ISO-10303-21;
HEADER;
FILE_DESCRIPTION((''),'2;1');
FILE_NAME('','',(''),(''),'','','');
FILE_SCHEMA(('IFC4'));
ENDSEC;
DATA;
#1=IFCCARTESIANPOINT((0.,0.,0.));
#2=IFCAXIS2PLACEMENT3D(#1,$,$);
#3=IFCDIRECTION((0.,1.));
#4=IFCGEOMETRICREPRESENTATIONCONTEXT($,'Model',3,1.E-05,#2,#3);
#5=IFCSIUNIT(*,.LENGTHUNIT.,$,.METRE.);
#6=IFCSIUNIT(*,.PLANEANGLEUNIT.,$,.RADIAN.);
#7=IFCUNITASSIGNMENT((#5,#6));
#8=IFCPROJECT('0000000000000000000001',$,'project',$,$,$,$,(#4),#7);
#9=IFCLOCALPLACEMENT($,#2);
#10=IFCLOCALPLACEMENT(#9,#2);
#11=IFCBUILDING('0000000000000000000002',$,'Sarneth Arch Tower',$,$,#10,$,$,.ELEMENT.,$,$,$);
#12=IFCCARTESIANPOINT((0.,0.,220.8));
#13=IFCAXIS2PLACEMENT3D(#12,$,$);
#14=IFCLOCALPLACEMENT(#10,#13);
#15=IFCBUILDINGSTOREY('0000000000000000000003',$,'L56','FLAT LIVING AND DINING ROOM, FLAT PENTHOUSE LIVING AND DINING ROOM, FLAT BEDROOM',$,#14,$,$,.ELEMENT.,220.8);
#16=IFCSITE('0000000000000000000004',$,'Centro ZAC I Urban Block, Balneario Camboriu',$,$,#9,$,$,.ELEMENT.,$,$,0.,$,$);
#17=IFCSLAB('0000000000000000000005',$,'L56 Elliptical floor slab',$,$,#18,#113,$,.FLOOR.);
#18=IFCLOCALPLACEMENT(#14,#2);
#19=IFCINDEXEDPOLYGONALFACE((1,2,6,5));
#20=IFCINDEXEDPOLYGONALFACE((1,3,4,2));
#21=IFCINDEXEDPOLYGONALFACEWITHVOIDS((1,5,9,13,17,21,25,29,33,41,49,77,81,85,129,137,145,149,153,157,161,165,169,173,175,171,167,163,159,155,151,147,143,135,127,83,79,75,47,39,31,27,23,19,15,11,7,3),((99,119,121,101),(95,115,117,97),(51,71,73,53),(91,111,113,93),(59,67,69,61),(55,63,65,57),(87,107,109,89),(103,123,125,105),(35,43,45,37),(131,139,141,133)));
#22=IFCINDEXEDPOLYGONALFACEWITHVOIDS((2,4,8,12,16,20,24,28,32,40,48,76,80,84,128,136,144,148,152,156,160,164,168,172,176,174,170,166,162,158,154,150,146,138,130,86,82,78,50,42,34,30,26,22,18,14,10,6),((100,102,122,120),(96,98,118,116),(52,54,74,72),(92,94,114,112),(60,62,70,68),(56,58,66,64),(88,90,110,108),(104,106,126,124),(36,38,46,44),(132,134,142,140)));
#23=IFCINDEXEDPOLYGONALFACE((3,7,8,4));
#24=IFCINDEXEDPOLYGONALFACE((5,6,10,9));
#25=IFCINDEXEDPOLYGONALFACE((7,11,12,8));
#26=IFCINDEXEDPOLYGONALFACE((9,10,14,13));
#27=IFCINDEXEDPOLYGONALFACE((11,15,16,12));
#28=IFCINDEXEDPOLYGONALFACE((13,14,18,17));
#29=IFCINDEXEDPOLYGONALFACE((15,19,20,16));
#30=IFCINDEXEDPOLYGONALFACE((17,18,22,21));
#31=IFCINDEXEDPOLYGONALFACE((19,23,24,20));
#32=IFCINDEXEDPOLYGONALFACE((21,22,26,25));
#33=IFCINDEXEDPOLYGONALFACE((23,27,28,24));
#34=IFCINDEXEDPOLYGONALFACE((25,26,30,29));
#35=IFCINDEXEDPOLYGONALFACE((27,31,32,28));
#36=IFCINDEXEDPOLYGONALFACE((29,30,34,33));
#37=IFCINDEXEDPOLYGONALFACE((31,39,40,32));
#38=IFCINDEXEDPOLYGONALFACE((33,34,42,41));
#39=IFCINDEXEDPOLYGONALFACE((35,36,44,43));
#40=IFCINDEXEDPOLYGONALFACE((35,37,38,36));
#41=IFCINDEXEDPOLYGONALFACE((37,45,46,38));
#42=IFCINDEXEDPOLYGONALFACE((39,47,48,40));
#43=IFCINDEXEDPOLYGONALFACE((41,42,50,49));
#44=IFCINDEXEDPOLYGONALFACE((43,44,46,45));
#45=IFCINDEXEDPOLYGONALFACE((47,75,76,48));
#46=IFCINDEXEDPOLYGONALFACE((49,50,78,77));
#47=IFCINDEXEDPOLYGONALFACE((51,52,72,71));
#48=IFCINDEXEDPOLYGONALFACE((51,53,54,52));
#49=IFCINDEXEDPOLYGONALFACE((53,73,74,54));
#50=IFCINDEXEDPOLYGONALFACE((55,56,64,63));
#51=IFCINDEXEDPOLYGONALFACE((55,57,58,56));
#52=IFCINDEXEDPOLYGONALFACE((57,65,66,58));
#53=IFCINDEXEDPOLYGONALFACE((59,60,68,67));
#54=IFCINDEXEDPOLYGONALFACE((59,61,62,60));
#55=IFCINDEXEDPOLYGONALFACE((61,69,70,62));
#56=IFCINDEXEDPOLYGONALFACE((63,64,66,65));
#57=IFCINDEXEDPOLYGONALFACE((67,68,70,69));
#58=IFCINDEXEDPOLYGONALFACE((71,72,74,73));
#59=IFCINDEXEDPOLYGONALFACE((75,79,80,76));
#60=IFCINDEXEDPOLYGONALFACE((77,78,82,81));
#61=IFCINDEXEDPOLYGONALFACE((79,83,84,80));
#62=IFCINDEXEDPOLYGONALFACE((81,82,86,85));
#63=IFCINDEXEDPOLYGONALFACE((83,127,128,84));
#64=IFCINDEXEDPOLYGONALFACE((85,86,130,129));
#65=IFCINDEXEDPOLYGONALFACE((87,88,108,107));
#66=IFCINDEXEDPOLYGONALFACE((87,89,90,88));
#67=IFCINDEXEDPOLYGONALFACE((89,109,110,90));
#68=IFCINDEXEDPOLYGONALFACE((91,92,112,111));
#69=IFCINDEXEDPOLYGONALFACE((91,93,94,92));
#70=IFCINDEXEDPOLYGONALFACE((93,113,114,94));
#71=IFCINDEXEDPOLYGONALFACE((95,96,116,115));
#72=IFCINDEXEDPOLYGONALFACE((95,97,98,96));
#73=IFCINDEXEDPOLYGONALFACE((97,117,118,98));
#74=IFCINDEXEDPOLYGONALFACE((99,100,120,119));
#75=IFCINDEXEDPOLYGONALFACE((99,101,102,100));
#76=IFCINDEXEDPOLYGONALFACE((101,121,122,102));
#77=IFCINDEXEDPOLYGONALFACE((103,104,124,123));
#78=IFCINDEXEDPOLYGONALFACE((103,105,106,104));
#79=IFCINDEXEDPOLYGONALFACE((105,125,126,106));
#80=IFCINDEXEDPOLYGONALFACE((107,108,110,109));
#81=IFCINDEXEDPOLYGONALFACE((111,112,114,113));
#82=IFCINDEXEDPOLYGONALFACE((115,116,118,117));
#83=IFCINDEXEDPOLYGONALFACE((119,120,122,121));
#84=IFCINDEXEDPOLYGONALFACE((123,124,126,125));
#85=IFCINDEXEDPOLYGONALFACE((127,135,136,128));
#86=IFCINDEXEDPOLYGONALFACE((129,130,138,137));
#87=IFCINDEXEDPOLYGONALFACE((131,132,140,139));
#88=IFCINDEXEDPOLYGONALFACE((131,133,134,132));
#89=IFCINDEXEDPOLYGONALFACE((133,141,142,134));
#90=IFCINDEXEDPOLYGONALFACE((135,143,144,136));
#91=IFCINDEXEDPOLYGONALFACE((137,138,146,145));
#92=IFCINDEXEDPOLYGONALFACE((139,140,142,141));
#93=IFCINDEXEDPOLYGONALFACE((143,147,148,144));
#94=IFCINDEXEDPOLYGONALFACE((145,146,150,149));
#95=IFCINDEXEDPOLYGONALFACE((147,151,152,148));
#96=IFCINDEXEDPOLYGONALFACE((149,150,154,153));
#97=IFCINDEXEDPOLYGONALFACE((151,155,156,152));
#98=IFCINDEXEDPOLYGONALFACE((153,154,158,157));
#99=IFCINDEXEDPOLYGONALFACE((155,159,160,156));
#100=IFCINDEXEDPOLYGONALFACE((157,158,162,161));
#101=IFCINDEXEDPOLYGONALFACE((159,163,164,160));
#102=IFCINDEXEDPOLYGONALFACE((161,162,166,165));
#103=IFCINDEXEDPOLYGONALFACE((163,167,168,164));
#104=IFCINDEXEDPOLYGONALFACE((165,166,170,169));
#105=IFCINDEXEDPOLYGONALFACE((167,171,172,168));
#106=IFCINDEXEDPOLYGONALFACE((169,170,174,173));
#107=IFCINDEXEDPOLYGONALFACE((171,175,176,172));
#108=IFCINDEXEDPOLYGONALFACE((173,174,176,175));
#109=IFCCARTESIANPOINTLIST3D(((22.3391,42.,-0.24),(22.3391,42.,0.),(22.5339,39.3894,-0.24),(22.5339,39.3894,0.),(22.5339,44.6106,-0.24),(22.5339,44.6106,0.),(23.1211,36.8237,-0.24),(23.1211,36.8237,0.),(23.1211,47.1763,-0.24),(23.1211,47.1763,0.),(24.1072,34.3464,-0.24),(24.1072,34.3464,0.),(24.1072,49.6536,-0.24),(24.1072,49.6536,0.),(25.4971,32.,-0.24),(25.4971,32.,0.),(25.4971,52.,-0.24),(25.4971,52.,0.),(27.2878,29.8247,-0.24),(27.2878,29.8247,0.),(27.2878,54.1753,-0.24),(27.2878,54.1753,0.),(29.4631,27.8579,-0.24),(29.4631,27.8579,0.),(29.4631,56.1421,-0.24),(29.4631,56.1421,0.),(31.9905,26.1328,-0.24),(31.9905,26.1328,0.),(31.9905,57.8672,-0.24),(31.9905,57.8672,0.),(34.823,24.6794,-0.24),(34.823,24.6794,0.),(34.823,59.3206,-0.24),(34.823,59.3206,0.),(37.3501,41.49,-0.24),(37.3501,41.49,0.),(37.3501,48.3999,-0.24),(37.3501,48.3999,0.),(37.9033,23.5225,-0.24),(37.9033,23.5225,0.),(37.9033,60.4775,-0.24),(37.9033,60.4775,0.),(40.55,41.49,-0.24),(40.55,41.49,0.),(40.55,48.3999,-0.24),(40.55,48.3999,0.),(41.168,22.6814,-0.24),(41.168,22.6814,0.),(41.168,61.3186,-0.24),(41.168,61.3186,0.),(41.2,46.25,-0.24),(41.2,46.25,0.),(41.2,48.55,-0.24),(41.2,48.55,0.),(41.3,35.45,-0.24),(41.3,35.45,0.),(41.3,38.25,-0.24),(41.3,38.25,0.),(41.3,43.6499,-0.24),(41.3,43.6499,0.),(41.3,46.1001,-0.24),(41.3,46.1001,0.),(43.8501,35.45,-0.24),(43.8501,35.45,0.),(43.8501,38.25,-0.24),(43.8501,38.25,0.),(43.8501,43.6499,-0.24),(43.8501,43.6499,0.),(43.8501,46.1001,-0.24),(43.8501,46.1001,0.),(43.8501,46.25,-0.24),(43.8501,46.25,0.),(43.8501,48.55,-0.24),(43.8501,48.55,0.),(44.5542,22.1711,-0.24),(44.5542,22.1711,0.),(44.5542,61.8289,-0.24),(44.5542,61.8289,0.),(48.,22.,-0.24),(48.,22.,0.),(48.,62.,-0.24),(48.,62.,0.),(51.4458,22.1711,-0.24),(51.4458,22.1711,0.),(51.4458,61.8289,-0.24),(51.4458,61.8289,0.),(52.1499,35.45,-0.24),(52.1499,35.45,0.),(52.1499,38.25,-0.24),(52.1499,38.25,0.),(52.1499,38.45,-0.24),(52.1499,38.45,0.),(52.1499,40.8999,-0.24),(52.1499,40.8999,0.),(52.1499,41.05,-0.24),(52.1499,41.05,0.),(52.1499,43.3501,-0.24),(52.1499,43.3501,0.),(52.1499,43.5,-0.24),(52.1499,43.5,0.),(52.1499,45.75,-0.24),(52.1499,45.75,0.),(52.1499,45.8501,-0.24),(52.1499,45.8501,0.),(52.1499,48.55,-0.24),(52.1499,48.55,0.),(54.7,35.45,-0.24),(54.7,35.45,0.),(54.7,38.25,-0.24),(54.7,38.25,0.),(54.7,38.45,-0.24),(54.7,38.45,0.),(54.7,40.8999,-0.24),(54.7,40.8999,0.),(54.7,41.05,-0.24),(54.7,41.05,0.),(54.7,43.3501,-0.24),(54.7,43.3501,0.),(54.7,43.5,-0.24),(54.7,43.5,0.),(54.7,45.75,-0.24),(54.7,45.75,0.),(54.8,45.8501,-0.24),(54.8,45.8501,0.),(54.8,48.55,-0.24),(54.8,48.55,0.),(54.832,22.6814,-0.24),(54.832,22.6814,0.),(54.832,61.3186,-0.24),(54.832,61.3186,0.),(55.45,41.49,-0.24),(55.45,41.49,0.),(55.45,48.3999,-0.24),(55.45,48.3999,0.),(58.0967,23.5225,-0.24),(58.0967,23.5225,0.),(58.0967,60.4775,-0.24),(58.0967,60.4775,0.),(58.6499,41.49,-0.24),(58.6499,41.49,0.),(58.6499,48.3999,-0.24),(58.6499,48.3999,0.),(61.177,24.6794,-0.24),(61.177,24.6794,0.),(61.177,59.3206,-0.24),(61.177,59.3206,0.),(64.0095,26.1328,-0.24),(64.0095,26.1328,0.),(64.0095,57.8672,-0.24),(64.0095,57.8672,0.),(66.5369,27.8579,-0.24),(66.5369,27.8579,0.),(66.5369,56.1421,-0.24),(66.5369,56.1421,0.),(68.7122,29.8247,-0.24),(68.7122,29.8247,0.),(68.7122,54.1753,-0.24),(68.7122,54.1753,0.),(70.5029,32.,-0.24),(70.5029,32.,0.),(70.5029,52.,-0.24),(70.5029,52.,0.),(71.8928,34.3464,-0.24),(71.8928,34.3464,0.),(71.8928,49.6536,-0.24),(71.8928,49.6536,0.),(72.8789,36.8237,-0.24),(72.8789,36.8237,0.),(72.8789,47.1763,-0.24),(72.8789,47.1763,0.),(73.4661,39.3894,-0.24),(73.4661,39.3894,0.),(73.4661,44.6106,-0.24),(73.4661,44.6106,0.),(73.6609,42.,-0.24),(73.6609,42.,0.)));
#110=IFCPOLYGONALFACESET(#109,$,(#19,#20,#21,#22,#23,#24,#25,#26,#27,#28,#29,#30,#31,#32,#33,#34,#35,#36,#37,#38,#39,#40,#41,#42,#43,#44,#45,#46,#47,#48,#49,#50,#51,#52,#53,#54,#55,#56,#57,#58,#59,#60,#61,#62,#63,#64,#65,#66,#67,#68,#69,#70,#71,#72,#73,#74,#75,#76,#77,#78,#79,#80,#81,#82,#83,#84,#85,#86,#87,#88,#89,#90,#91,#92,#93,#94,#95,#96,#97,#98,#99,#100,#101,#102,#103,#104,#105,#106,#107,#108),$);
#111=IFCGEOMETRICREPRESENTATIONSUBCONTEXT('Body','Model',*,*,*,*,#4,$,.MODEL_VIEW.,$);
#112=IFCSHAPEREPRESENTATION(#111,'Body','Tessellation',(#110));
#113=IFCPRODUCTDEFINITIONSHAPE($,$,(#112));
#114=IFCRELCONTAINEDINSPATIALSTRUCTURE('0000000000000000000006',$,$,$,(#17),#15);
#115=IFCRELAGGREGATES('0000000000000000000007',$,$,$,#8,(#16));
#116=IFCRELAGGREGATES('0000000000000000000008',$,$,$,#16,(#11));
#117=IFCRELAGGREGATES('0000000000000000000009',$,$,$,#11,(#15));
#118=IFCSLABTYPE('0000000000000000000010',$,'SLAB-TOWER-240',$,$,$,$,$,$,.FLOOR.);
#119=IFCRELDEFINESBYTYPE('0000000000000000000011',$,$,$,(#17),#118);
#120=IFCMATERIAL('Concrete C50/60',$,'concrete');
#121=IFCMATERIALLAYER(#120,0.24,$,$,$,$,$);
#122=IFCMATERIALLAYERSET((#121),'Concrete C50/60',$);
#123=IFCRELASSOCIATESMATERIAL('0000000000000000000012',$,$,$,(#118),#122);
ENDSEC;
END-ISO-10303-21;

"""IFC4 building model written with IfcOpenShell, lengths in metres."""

from ifc_helpers import new_model, si_unit, direction, frame, origin, place, context, subcontext, project, spatial, polyline, outline, extrude, material, layer, layer_set, type_object, element, save


model = new_model("IFC4")

# Units and contexts
model_context = context("Model", 3, precision=1e-05, world=origin(), true_north=direction((0.0, 1.0)))
body_context = subcontext(model_context, "Body", "Model", "MODEL_VIEW")
ifc_project = project(units=[si_unit("LENGTHUNIT", "METRE"), si_unit("PLANEANGLEUNIT", "RADIAN")], contexts=[model_context])

# Site, building, storey
site_placement = place(None, origin())
site = spatial("IfcSite", under=ifc_project, at=site_placement, Name="Centro ZAC I Urban Block, Balneario Camboriu", CompositionType="ELEMENT", RefElevation=0.0)
building_placement = place(site_placement, origin())
building = spatial("IfcBuilding", under=site, at=building_placement, Name="Sarneth Arch Tower", CompositionType="ELEMENT")
storey_placement = place(building_placement, frame((0.0, 0.0, 220.8)))
storey = spatial("IfcBuildingStorey", under=building, at=storey_placement, Name="L56", Description="FLAT LIVING AND DINING ROOM, FLAT PENTHOUSE LIVING AND DINING ROOM, FLAT BEDROOM", CompositionType="ELEMENT", Elevation=220.8)

# Slab
ifc_material_1 = material(Name="Concrete C50/60", Category="concrete")
ifc_layer_1 = layer(ifc_material_1, 0.24)
ifc_layer_set_1 = layer_set([ifc_layer_1], Name="Concrete C50/60")
slab_type_1 = type_object("IfcSlabType", Name="SLAB-TOWER-240", PredefinedType="FLOOR", material=ifc_layer_set_1)
slab_1_placement = place(storey_placement, frame((0.0, 0.0, -0.24)))
element("IfcSlab", 1, at=slab_1_placement, inside=storey, type_object=slab_type_1, Name="L56 Elliptical floor slab", PredefinedType="FLOOR", context=body_context, shape_type="SweptSolid", body=[
    extrude(outline(polyline([(73.6609, 42.0), (73.4661, 44.6106), (72.8789, 47.1763), (71.8928, 49.6536), (70.5029, 52.0), (68.7122, 54.1753), (66.5369, 56.1421), (64.0095, 57.8672), (61.177, 59.3206), (58.0967, 60.4775), (54.832, 61.3186), (51.4458, 61.8289), (48.0, 62.0), (44.5542, 61.8289), (41.168, 61.3186), (37.9033, 60.4775), (34.823, 59.3206), (31.9905, 57.8672), (29.4631, 56.1421), (27.2878, 54.1753), (25.4971, 52.0), (24.1072, 49.6536), (23.1211, 47.1763), (22.5339, 44.6106), (22.3391, 42.0), (22.5339, 39.3894), (23.1211, 36.8237), (24.1072, 34.3464), (25.4971, 32.0), (27.2878, 29.8247), (29.4631, 27.8579), (31.9905, 26.1328), (34.823, 24.6794), (37.9033, 23.5225), (41.168, 22.6814), (44.5542, 22.1711), (48.0, 22.0), (51.4458, 22.1711), (54.832, 22.6814), (58.0967, 23.5225), (61.177, 24.6794), (64.0095, 26.1328), (66.5369, 27.8579), (68.7122, 29.8247), (70.5029, 32.0), (71.8928, 34.3464), (72.8789, 36.8237), (73.4661, 39.3894), (73.6609, 42.0)]), holes=[polyline([(37.3501, 41.49), (40.55, 41.49), (40.55, 48.3999), (37.3501, 48.3999), (37.3501, 41.49)]), polyline([(55.45, 41.49), (58.6499, 41.49), (58.6499, 48.3999), (55.45, 48.3999), (55.45, 41.49)]), polyline([(41.2, 46.25), (43.8501, 46.25), (43.8501, 48.55), (41.2, 48.55), (41.2, 46.25)]), polyline([(41.3, 35.45), (43.8501, 35.45), (43.8501, 38.25), (41.3, 38.25), (41.3, 35.45)]), polyline([(52.1499, 35.45), (54.7, 35.45), (54.7, 38.25), (52.1499, 38.25), (52.1499, 35.45)]), polyline([(52.1499, 45.8501), (54.8, 45.8501), (54.8, 48.55), (52.1499, 48.55), (52.1499, 45.8501)]), polyline([(41.3, 43.6499), (43.8501, 43.6499), (43.8501, 46.1001), (41.3, 46.1001), (41.3, 43.6499)]), polyline([(52.1499, 38.45), (54.7, 38.45), (54.7, 40.8999), (52.1499, 40.8999), (52.1499, 38.45)]), polyline([(52.1499, 41.05), (54.7, 41.05), (54.7, 43.3501), (52.1499, 43.3501), (52.1499, 41.05)]), polyline([(52.1499, 43.5), (54.7, 43.5), (54.7, 45.75), (52.1499, 45.75), (52.1499, 43.5)])]), origin(), (0.0, 0.0, 1.0), 0.24),
])

save(model, "model.ifc")
